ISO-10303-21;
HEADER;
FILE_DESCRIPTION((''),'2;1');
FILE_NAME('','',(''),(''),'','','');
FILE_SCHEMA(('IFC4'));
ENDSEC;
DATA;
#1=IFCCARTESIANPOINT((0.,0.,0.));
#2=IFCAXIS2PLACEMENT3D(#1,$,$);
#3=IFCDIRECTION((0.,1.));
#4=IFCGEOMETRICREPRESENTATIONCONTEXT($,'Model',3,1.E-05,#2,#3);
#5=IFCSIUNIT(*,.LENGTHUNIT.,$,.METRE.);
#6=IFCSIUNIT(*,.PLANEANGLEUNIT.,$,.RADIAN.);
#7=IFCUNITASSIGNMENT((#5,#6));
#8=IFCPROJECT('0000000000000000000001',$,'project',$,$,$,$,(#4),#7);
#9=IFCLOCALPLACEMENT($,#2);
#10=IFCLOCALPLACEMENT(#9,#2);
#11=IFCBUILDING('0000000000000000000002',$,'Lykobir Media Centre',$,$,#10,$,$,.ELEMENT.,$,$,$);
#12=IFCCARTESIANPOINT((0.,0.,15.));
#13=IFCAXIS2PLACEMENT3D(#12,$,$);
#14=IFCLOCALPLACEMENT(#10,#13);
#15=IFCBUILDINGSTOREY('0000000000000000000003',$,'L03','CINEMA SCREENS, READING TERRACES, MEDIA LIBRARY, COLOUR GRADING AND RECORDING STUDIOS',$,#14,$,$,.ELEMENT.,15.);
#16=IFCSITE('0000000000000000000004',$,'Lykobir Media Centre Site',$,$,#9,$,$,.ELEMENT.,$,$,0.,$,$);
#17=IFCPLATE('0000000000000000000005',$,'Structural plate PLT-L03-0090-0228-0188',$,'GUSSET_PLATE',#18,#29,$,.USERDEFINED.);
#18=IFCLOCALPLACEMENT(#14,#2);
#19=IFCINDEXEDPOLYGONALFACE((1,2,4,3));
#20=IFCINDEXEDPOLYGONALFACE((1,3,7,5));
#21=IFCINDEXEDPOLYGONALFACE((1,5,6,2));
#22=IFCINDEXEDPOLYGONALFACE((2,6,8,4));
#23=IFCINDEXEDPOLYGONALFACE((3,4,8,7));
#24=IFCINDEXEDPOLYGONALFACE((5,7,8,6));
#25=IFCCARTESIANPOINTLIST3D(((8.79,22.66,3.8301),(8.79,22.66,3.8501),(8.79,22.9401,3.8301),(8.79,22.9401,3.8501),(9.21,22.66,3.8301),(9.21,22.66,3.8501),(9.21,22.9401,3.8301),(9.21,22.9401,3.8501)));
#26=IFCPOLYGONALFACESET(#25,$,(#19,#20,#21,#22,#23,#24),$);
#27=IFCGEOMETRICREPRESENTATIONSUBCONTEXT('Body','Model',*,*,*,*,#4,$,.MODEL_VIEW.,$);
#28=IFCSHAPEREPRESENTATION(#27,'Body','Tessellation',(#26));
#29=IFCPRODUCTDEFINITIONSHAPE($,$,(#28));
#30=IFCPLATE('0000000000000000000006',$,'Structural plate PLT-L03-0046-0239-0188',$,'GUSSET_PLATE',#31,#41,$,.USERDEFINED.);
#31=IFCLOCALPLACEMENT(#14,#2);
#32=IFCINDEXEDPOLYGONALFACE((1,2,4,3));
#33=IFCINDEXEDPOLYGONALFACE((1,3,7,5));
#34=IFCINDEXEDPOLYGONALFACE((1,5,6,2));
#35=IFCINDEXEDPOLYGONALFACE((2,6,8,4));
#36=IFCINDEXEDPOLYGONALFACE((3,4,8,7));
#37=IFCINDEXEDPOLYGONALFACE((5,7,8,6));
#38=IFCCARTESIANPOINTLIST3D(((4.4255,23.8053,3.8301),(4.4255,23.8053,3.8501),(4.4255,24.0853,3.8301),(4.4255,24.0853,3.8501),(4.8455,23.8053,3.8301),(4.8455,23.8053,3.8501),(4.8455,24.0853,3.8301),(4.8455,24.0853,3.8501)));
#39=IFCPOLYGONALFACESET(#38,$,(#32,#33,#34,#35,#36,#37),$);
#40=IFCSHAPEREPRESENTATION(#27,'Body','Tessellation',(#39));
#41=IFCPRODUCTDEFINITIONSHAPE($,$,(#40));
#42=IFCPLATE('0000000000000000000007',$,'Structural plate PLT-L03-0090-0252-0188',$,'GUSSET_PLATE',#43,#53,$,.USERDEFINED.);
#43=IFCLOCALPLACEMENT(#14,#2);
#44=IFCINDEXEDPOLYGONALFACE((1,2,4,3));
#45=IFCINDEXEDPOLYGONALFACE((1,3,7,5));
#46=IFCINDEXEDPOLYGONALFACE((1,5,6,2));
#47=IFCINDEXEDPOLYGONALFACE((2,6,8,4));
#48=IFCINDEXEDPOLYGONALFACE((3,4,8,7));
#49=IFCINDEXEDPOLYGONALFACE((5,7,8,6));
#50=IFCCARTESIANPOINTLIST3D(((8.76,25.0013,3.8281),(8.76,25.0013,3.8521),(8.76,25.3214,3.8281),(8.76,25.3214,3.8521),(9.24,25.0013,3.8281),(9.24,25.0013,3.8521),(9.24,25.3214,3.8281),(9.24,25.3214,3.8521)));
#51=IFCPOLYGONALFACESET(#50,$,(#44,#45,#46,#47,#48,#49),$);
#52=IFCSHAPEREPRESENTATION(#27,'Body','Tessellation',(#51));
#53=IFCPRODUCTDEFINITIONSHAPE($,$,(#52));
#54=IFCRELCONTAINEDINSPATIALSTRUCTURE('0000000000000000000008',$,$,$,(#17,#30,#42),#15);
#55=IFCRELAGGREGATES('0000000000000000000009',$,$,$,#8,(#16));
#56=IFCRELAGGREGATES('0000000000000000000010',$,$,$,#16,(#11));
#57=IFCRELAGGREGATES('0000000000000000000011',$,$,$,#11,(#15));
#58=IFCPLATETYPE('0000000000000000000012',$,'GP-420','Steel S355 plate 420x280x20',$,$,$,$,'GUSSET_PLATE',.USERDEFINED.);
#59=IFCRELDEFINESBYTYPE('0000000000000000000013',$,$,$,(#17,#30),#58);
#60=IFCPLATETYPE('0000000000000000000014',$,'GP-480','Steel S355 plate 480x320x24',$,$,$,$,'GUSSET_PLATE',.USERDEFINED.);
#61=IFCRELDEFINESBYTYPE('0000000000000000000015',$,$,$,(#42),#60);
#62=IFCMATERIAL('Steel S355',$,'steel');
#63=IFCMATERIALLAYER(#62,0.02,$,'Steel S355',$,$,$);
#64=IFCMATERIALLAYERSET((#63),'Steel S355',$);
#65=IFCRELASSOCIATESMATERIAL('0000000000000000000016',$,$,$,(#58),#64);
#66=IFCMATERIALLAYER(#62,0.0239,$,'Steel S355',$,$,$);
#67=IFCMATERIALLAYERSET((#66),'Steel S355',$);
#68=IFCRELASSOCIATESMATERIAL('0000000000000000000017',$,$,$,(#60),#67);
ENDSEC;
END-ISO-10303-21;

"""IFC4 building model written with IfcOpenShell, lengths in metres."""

from ifc_helpers import new_model, si_unit, direction, frame, origin, origin_2d, place, context, subcontext, project, spatial, rectangle, extrude, material, layer, layer_set, type_object, element, save


model = new_model("IFC4")

# Units and contexts
model_context = context("Model", 3, precision=1e-05, world=origin(), true_north=direction((0.0, 1.0)))
body_context = subcontext(model_context, "Body", "Model", "MODEL_VIEW")
ifc_project = project(units=[si_unit("LENGTHUNIT", "METRE"), si_unit("PLANEANGLEUNIT", "RADIAN")], contexts=[model_context])

# Site, building, storey
site_placement = place(None, origin())
site = spatial("IfcSite", under=ifc_project, at=site_placement, Name="Lykobir Media Centre Site", CompositionType="ELEMENT", RefElevation=0.0)
building_placement = place(site_placement, origin())
building = spatial("IfcBuilding", under=site, at=building_placement, Name="Lykobir Media Centre", CompositionType="ELEMENT")
storey_placement = place(building_placement, frame((0.0, 0.0, 15.0)))
storey = spatial("IfcBuildingStorey", under=building, at=storey_placement, Name="L03", Description="CINEMA SCREENS, READING TERRACES, MEDIA LIBRARY, COLOUR GRADING AND RECORDING STUDIOS", CompositionType="ELEMENT", Elevation=15.0)

# Shared definitions
ifc_material_1 = material(Name="Steel S355", Category="steel")

# Plates
ifc_layer_1 = layer(ifc_material_1, 0.02, Name="Steel S355")
ifc_layer_set_1 = layer_set([ifc_layer_1], Name="Steel S355")
plate_type_1 = type_object("IfcPlateType", Name="GP-420", Description="Steel S355 plate 420x280x20", ElementType="GUSSET_PLATE", PredefinedType="USERDEFINED", material=ifc_layer_set_1)
for number, where, z_axis, x_axis, name in (
    (1, (9.0, 22.8, 3.8301), (0.0, 0.0, 1.0), (1.0, 0.0, 0.0), "Structural plate PLT-L03-0090-0228-0188"),
    (2, (4.6355, 23.9453, 3.8301), (0.0, 0.0, 1.0), (1.0, 0.0, 0.0), "Structural plate PLT-L03-0046-0239-0188"),
):
    element("IfcPlate", number, at=place(storey_placement, frame(where, z_axis=z_axis, x_axis=x_axis)), inside=storey, type_object=plate_type_1, Name=name, ObjectType="GUSSET_PLATE", PredefinedType="USERDEFINED", context=body_context, shape_type="SweptSolid", body=[
        extrude(rectangle(XDim=0.4199, YDim=0.28, at=origin_2d()), origin(), (0.0, 0.0, 1.0), 0.02),
    ])
ifc_layer_2 = layer(ifc_material_1, 0.0239, Name="Steel S355")
ifc_layer_set_2 = layer_set([ifc_layer_2], Name="Steel S355")
plate_type_2 = type_object("IfcPlateType", Name="GP-480", Description="Steel S355 plate 480x320x24", ElementType="GUSSET_PLATE", PredefinedType="USERDEFINED", material=ifc_layer_set_2)
plate_1_placement = place(storey_placement, frame((9.0, 25.1614, 3.8281), z_axis=(0.0, 0.0, 1.0), x_axis=(1.0, 0.0, 0.0)))
element("IfcPlate", 3, at=plate_1_placement, inside=storey, type_object=plate_type_2, Name="Structural plate PLT-L03-0090-0252-0188", ObjectType="GUSSET_PLATE", PredefinedType="USERDEFINED", context=body_context, shape_type="SweptSolid", body=[
    extrude(rectangle(XDim=0.48, YDim=0.3201, at=origin_2d()), origin(), (0.0, 0.0, 1.0), 0.0239),
])

save(model, "model.ifc")
